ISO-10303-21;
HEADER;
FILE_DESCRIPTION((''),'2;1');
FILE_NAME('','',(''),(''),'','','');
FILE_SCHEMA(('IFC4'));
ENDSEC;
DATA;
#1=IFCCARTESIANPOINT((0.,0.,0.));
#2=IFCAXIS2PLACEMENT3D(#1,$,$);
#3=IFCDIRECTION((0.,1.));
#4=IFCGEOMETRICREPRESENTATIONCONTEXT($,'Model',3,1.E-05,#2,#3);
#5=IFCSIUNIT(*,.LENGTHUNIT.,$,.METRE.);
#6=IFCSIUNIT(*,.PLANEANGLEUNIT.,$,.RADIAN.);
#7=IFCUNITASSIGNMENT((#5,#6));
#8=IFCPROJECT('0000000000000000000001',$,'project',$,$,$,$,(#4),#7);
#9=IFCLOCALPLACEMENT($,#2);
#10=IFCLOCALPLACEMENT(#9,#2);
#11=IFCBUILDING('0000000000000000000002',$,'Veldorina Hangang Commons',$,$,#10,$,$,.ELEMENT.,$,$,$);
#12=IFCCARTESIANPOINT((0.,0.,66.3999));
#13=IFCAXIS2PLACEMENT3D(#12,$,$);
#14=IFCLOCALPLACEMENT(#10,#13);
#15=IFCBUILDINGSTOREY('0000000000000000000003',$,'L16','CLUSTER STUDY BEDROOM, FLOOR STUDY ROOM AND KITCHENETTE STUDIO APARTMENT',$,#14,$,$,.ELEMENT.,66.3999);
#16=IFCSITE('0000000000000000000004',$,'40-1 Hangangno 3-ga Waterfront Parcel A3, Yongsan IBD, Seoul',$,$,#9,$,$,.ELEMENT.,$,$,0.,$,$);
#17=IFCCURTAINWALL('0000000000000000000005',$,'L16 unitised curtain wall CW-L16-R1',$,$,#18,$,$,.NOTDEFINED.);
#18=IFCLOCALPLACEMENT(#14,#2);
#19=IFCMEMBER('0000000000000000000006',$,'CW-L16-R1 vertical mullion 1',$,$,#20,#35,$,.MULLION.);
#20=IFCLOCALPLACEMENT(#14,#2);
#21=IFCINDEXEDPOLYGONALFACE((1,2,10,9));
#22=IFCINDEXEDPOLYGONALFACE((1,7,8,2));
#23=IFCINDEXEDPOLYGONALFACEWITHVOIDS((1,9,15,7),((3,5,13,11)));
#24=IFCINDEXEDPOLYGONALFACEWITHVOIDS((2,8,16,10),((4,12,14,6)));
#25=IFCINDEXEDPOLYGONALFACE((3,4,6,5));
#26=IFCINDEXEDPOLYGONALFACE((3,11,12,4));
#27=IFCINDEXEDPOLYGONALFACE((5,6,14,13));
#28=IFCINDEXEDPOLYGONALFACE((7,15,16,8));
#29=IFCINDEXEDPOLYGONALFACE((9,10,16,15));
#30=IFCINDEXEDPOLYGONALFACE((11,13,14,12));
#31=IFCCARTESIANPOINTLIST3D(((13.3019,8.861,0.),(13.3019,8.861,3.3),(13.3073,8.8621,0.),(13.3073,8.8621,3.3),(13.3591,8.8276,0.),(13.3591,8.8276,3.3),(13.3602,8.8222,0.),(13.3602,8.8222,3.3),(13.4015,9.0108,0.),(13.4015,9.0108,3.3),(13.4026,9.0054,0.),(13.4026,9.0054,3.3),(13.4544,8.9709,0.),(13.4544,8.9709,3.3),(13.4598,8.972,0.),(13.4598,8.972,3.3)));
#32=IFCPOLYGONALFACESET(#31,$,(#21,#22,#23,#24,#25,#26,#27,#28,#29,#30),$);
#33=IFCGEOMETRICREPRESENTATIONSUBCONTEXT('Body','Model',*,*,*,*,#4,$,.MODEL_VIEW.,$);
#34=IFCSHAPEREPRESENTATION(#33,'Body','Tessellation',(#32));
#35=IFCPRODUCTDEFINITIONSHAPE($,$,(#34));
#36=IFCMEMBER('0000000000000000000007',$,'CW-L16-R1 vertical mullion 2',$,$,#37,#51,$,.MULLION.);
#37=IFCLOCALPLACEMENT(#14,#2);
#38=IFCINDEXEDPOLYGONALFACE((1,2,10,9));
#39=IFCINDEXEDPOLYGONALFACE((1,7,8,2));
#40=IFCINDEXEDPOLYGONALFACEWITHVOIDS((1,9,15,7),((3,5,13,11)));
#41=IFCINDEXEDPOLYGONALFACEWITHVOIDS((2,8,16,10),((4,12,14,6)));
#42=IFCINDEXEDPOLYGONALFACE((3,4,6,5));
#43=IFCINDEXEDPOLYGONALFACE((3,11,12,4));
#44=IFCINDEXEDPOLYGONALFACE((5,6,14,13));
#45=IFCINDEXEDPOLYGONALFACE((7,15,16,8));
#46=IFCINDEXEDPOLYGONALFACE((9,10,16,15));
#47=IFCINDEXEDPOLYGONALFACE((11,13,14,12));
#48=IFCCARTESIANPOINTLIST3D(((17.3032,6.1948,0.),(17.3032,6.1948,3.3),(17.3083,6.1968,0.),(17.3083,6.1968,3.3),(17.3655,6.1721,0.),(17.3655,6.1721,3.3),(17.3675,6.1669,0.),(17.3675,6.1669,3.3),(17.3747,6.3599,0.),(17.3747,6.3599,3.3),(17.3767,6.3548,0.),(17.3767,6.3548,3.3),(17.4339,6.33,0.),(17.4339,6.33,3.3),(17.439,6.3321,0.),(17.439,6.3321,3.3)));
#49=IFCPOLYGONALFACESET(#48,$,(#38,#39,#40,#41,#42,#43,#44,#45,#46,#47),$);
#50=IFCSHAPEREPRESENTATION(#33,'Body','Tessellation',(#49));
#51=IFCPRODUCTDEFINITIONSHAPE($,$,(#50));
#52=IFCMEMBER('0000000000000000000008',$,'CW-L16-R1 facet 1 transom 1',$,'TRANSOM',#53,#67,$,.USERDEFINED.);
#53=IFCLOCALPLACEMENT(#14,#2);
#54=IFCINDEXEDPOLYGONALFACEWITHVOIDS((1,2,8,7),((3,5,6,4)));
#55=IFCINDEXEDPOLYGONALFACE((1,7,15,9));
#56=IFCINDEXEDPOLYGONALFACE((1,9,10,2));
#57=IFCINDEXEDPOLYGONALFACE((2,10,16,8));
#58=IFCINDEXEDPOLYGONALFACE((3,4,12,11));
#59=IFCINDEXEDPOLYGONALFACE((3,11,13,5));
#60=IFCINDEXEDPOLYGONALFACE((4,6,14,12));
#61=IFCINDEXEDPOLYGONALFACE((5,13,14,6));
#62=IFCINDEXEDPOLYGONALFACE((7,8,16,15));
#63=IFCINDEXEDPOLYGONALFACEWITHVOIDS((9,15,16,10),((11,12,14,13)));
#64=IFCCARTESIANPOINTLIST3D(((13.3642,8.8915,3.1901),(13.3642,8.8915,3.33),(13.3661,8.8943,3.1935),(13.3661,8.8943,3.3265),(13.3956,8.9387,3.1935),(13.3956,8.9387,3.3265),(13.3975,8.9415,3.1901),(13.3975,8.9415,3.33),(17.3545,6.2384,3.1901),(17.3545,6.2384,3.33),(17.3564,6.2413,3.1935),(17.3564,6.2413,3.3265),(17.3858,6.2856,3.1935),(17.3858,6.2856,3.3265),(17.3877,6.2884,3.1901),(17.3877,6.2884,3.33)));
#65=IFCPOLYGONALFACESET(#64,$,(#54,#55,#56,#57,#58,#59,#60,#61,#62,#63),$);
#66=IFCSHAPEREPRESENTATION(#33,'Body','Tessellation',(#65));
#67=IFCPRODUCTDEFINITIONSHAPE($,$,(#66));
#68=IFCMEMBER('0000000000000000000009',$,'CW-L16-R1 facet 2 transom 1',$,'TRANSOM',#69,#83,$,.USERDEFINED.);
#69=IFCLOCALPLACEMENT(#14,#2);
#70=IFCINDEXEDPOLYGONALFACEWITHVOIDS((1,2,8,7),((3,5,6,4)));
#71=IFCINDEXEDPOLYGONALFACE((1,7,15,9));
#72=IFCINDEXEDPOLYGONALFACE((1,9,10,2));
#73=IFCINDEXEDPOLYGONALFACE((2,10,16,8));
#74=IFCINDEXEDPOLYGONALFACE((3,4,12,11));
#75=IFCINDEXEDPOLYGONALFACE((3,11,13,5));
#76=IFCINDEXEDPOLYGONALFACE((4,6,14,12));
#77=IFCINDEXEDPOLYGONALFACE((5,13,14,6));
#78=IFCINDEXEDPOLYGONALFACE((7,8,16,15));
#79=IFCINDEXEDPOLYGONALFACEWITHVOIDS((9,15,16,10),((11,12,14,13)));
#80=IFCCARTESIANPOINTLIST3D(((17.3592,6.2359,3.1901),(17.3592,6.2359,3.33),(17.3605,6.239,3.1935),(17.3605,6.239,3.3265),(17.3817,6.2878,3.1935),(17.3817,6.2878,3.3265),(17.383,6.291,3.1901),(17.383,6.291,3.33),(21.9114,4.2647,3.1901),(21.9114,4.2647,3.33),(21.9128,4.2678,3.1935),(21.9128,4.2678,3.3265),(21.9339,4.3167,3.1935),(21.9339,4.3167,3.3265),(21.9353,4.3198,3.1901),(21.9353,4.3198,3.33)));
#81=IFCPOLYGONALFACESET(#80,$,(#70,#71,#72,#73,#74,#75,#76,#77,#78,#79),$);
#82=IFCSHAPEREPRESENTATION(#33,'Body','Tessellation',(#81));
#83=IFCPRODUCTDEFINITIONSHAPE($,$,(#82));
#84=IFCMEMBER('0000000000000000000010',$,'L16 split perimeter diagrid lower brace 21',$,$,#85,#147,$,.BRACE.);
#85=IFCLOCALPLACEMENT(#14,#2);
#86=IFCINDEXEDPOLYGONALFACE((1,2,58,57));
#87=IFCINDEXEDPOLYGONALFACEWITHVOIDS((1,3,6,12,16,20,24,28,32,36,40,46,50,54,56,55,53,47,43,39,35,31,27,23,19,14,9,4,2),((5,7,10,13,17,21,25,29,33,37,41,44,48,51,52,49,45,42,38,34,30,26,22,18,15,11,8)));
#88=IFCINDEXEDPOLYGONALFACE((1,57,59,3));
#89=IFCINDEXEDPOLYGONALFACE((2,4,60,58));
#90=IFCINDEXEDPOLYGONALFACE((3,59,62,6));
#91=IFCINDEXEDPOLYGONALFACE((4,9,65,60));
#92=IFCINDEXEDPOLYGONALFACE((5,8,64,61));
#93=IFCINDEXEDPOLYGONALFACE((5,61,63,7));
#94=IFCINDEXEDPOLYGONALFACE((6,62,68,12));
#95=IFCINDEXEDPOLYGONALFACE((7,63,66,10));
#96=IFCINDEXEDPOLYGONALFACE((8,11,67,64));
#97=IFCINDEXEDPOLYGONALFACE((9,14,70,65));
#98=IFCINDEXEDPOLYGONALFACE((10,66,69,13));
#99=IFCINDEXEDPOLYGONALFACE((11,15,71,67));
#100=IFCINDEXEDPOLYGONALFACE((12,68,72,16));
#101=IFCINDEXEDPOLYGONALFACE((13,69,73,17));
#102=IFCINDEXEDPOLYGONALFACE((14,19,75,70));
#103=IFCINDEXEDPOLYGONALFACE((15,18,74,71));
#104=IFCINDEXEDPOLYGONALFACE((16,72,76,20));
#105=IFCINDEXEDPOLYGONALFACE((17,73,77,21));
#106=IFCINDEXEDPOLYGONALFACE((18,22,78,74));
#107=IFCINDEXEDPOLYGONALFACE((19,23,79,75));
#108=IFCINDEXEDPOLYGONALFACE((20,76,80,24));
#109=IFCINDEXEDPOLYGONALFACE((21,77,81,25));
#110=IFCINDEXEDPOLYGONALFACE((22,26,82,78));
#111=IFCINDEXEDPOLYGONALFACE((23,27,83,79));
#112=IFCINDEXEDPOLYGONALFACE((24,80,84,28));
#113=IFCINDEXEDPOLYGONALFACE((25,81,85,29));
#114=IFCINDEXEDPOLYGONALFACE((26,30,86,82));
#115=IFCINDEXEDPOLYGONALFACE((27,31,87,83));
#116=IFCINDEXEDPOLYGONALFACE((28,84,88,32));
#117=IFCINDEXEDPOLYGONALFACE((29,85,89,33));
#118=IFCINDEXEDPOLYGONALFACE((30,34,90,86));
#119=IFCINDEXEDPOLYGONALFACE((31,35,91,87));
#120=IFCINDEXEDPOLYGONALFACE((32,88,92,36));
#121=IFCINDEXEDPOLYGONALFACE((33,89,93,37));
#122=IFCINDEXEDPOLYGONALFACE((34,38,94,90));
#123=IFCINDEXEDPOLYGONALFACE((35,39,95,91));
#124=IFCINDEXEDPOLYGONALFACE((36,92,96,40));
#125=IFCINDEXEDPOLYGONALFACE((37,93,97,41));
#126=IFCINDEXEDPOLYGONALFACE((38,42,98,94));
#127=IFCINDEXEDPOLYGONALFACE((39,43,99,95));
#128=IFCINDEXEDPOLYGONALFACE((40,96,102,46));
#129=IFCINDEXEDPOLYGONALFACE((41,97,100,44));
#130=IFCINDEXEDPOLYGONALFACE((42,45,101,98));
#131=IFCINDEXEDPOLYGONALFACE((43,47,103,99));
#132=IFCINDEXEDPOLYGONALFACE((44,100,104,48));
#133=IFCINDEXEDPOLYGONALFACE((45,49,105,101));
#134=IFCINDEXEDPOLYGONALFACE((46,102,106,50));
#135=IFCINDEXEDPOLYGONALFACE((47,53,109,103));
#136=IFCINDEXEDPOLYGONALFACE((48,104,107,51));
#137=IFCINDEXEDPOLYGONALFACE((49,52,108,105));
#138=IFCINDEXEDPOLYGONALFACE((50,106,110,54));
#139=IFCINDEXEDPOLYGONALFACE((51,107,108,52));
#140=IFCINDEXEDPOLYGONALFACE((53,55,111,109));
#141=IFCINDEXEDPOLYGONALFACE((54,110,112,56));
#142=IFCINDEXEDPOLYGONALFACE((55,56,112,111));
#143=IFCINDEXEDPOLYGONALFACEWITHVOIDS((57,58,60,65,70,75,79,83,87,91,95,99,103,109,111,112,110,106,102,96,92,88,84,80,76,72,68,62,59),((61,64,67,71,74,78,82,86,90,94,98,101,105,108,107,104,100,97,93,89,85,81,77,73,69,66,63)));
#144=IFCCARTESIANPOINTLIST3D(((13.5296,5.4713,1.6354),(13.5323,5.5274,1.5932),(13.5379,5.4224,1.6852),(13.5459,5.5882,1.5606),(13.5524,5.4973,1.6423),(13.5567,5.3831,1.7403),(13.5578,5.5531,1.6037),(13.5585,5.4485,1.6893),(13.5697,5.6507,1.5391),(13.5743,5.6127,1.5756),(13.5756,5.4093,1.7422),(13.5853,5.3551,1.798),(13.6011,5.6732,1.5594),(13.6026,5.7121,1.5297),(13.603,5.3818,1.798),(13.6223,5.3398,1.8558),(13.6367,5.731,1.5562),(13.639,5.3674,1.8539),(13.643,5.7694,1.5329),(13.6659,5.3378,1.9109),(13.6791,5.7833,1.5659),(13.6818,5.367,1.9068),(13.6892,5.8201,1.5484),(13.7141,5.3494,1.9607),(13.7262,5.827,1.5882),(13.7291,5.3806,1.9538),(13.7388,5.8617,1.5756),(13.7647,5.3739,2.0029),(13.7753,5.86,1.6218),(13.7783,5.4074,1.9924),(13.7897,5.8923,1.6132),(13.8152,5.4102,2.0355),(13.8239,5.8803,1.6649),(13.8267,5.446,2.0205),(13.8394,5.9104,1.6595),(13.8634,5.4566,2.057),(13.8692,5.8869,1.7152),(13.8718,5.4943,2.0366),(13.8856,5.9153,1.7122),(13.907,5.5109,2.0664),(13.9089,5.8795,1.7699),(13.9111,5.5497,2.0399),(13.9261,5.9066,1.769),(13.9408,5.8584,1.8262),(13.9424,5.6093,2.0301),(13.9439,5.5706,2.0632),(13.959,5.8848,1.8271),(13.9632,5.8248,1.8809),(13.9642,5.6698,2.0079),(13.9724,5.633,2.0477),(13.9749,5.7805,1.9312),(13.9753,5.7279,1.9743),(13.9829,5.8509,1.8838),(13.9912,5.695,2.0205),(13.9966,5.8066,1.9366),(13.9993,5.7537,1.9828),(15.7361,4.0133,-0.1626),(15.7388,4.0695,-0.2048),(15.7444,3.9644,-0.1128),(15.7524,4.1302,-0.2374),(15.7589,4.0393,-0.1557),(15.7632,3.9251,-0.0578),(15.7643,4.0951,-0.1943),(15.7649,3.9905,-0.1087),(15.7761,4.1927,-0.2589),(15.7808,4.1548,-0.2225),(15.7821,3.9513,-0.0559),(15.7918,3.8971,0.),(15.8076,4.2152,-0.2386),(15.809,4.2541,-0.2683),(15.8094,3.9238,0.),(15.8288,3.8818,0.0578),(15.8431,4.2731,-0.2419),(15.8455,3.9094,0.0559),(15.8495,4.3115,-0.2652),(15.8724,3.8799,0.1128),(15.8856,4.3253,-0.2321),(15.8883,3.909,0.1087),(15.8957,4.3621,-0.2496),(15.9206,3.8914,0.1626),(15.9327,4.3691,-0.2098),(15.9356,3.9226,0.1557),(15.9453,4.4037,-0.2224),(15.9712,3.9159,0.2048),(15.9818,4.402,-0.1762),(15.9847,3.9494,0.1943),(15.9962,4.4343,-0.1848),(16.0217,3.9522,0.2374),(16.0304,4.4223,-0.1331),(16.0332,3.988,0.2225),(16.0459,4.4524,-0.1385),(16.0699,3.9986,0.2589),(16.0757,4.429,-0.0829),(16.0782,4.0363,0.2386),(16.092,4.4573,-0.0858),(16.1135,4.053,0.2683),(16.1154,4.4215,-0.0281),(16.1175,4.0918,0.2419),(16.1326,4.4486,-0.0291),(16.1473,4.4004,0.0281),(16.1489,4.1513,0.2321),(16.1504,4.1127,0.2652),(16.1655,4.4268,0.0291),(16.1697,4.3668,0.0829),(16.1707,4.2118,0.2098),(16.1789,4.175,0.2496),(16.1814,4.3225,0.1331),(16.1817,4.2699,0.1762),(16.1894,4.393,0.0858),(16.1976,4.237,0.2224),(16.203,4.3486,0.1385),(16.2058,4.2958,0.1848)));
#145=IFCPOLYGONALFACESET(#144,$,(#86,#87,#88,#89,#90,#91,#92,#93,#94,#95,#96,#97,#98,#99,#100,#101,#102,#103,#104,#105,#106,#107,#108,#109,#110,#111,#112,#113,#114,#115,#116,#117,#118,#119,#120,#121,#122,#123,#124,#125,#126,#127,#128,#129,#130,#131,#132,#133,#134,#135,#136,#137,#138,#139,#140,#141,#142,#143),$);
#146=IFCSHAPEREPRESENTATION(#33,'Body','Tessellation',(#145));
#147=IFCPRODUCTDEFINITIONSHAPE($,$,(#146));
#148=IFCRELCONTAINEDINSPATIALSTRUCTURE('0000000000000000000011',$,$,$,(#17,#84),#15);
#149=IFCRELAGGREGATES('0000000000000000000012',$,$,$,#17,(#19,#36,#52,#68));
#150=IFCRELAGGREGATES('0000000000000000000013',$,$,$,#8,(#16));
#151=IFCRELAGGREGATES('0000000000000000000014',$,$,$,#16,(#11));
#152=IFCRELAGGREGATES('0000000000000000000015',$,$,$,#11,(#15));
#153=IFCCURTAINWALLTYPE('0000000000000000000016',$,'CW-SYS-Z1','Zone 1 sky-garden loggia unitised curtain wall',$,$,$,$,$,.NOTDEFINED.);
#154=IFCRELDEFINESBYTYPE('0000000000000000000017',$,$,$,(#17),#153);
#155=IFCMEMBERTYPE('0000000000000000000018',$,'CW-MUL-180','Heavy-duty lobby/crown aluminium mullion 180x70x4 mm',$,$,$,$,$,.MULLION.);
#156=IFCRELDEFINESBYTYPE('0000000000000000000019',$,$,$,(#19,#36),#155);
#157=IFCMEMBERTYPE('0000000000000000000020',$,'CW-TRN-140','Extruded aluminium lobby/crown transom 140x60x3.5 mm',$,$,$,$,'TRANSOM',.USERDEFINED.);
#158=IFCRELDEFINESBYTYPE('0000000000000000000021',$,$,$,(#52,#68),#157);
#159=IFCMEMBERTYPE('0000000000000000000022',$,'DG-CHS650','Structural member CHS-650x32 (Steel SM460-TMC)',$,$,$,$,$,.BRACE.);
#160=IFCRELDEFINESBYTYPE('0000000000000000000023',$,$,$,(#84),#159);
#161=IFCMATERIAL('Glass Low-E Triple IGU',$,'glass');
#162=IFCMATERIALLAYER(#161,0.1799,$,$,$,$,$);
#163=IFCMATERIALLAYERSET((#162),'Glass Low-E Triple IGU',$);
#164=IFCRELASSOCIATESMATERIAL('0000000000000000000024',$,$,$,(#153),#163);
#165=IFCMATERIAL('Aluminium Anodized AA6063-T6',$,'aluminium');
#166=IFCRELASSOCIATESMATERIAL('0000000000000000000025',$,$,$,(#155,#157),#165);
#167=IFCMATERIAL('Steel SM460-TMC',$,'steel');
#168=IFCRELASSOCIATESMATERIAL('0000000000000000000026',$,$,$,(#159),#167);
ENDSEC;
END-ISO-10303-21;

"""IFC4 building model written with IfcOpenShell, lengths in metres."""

from ifc_helpers import new_model, si_unit, direction, frame, origin, origin_2d, place, context, subcontext, project, spatial, hollow_rectangle, hollow_circle, extrude, material, layer, layer_set, material_profile, profile_set, type_object, element, aggregate, save


model = new_model("IFC4")

# Units and contexts
model_context = context("Model", 3, precision=1e-05, world=origin(), true_north=direction((0.0, 1.0)))
body_context = subcontext(model_context, "Body", "Model", "MODEL_VIEW")
ifc_project = project(units=[si_unit("LENGTHUNIT", "METRE"), si_unit("PLANEANGLEUNIT", "RADIAN")], contexts=[model_context])

# Site, building, storey
site_placement = place(None, origin())
site = spatial("IfcSite", under=ifc_project, at=site_placement, Name="40-1 Hangangno 3-ga Waterfront Parcel A3, Yongsan IBD, Seoul", CompositionType="ELEMENT", RefElevation=0.0)
building_placement = place(site_placement, origin())
building = spatial("IfcBuilding", under=site, at=building_placement, Name="Veldorina Hangang Commons", CompositionType="ELEMENT")
storey_placement = place(building_placement, frame((0.0, 0.0, 66.3999)))
storey = spatial("IfcBuildingStorey", under=building, at=storey_placement, Name="L16", Description="CLUSTER STUDY BEDROOM, FLOOR STUDY ROOM AND KITCHENETTE STUDIO APARTMENT", CompositionType="ELEMENT", Elevation=66.3999)

# Curtain wall, members
ifc_material_1 = material(Name="Glass Low-E Triple IGU", Category="glass")
ifc_layer_1 = layer(ifc_material_1, 0.1799)
ifc_layer_set_1 = layer_set([ifc_layer_1], Name="Glass Low-E Triple IGU")
curtain_wall_type = type_object("IfcCurtainWallType", Name="CW-SYS-Z1", Description="Zone 1 sky-garden loggia unitised curtain wall", PredefinedType="NOTDEFINED", material=ifc_layer_set_1)
curtain_wall_placement = place(storey_placement, origin())
curtain_wall = element("IfcCurtainWall", 1, at=curtain_wall_placement, inside=storey, type_object=curtain_wall_type, Name="L16 unitised curtain wall CW-L16-R1", PredefinedType="NOTDEFINED")
ifc_material_2 = material(Name="Aluminium Anodized AA6063-T6", Category="aluminium")
ifc_material_profile_1 = material_profile(ifc_material_2, hollow_rectangle(XDim=0.0701, YDim=0.1799, WallThickness=0.0039, at=origin_2d()), Name="ALU-RHS-180x70x4")
ifc_profile_set_1 = profile_set([ifc_material_profile_1], Name="Aluminium Anodized AA6063-T6")
member_type_1 = type_object("IfcMemberType", Name="CW-MUL-180", Description="Heavy-duty lobby/crown aluminium mullion 180x70x4 mm", PredefinedType="MULLION", material=ifc_profile_set_1)
member_1_placement = place(storey_placement, frame((13.3809, 8.9165, 0.0), z_axis=(0.0, 0.0, 1.0), x_axis=(0.832747, -0.553653, 0.0)))
member_1 = element("IfcMember", 2, at=member_1_placement, type_object=member_type_1, Name="CW-L16-R1 vertical mullion 1", PredefinedType="MULLION", context=body_context, shape_type="SweptSolid", body=[
    extrude(hollow_rectangle(XDim=0.0701, YDim=0.1799, WallThickness=0.0039, at=origin_2d()), origin(), (0.0, 0.0, 1.0), 3.3),
])
member_2_placement = place(storey_placement, frame((17.3711, 6.2634, 0.0), z_axis=(0.0, 0.0, 1.0), x_axis=(0.917664, -0.397356, 0.0)))
member_2 = element("IfcMember", 3, at=member_2_placement, type_object=member_type_1, Name="CW-L16-R1 vertical mullion 2", PredefinedType="MULLION", context=body_context, shape_type="SweptSolid", body=[
    extrude(hollow_rectangle(XDim=0.0701, YDim=0.1799, WallThickness=0.0039, at=origin_2d()), origin(), (0.0, 0.0, 1.0), 3.3),
])
ifc_material_profile_2 = material_profile(ifc_material_2, hollow_rectangle(XDim=0.0601, YDim=0.1399, WallThickness=0.0034, at=origin_2d()), Name="ALU-RHS-140x60x3.5")
ifc_profile_set_2 = profile_set([ifc_material_profile_2], Name="Aluminium Anodized AA6063-T6")
member_type_2 = type_object("IfcMemberType", Name="CW-TRN-140", Description="Extruded aluminium lobby/crown transom 140x60x3.5 mm", ElementType="TRANSOM", PredefinedType="USERDEFINED", material=ifc_profile_set_2)
member_3_placement = place(storey_placement, frame((13.3809, 8.9165, 3.26), z_axis=(0.832732, -0.553677, 0.0), x_axis=(0.553677, 0.832732, 0.0)))
member_3 = element("IfcMember", 4, at=member_3_placement, type_object=member_type_2, Name="CW-L16-R1 facet 1 transom 1", ObjectType="TRANSOM", PredefinedType="USERDEFINED", context=body_context, shape_type="SweptSolid", body=[
    extrude(hollow_rectangle(XDim=0.0601, YDim=0.1399, WallThickness=0.0034, at=origin_2d()), origin(), (0.0, 0.0, 1.0), 4.7917),
])
member_4_placement = place(storey_placement, frame((17.3711, 6.2634, 3.26), z_axis=(0.917662, -0.397362, 0.0), x_axis=(0.397362, 0.917662, 0.0)))
member_4 = element("IfcMember", 5, at=member_4_placement, type_object=member_type_2, Name="CW-L16-R1 facet 2 transom 1", ObjectType="TRANSOM", PredefinedType="USERDEFINED", context=body_context, shape_type="SweptSolid", body=[
    extrude(hollow_rectangle(XDim=0.0601, YDim=0.1399, WallThickness=0.0034, at=origin_2d()), origin(), (0.0, 0.0, 1.0), 4.9607),
])

# Member
ifc_material_3 = material(Name="Steel SM460-TMC", Category="steel")
ifc_material_profile_3 = material_profile(ifc_material_3, hollow_circle(Radius=0.325, WallThickness=0.032, at=origin_2d()), Name="CHS-650x32")
ifc_profile_set_3 = profile_set([ifc_material_profile_3], Name="Steel SM460-TMC")
member_type_3 = type_object("IfcMemberType", Name="DG-CHS650", Description="Structural member CHS-650x32 (Steel SM460-TMC)", PredefinedType="BRACE", material=ifc_profile_set_3)
member_5_placement = place(storey_placement, frame((15.9709, 4.1682, 0.0), z_axis=(-0.689957, 0.4559, 0.562241), x_axis=(-0.551287, -0.834316, 0.0)))
element("IfcMember", 6, at=member_5_placement, inside=storey, type_object=member_type_3, Name="L16 split perimeter diagrid lower brace 21", PredefinedType="BRACE", context=body_context, shape_type="SweptSolid", body=[
    extrude(hollow_circle(Radius=0.325, WallThickness=0.032, at=origin_2d()), origin(), (0.0, 0.0, 1.0), 3.198),
])

aggregate(curtain_wall, [member_1, member_2, member_3, member_4])

save(model, "model.ifc")
